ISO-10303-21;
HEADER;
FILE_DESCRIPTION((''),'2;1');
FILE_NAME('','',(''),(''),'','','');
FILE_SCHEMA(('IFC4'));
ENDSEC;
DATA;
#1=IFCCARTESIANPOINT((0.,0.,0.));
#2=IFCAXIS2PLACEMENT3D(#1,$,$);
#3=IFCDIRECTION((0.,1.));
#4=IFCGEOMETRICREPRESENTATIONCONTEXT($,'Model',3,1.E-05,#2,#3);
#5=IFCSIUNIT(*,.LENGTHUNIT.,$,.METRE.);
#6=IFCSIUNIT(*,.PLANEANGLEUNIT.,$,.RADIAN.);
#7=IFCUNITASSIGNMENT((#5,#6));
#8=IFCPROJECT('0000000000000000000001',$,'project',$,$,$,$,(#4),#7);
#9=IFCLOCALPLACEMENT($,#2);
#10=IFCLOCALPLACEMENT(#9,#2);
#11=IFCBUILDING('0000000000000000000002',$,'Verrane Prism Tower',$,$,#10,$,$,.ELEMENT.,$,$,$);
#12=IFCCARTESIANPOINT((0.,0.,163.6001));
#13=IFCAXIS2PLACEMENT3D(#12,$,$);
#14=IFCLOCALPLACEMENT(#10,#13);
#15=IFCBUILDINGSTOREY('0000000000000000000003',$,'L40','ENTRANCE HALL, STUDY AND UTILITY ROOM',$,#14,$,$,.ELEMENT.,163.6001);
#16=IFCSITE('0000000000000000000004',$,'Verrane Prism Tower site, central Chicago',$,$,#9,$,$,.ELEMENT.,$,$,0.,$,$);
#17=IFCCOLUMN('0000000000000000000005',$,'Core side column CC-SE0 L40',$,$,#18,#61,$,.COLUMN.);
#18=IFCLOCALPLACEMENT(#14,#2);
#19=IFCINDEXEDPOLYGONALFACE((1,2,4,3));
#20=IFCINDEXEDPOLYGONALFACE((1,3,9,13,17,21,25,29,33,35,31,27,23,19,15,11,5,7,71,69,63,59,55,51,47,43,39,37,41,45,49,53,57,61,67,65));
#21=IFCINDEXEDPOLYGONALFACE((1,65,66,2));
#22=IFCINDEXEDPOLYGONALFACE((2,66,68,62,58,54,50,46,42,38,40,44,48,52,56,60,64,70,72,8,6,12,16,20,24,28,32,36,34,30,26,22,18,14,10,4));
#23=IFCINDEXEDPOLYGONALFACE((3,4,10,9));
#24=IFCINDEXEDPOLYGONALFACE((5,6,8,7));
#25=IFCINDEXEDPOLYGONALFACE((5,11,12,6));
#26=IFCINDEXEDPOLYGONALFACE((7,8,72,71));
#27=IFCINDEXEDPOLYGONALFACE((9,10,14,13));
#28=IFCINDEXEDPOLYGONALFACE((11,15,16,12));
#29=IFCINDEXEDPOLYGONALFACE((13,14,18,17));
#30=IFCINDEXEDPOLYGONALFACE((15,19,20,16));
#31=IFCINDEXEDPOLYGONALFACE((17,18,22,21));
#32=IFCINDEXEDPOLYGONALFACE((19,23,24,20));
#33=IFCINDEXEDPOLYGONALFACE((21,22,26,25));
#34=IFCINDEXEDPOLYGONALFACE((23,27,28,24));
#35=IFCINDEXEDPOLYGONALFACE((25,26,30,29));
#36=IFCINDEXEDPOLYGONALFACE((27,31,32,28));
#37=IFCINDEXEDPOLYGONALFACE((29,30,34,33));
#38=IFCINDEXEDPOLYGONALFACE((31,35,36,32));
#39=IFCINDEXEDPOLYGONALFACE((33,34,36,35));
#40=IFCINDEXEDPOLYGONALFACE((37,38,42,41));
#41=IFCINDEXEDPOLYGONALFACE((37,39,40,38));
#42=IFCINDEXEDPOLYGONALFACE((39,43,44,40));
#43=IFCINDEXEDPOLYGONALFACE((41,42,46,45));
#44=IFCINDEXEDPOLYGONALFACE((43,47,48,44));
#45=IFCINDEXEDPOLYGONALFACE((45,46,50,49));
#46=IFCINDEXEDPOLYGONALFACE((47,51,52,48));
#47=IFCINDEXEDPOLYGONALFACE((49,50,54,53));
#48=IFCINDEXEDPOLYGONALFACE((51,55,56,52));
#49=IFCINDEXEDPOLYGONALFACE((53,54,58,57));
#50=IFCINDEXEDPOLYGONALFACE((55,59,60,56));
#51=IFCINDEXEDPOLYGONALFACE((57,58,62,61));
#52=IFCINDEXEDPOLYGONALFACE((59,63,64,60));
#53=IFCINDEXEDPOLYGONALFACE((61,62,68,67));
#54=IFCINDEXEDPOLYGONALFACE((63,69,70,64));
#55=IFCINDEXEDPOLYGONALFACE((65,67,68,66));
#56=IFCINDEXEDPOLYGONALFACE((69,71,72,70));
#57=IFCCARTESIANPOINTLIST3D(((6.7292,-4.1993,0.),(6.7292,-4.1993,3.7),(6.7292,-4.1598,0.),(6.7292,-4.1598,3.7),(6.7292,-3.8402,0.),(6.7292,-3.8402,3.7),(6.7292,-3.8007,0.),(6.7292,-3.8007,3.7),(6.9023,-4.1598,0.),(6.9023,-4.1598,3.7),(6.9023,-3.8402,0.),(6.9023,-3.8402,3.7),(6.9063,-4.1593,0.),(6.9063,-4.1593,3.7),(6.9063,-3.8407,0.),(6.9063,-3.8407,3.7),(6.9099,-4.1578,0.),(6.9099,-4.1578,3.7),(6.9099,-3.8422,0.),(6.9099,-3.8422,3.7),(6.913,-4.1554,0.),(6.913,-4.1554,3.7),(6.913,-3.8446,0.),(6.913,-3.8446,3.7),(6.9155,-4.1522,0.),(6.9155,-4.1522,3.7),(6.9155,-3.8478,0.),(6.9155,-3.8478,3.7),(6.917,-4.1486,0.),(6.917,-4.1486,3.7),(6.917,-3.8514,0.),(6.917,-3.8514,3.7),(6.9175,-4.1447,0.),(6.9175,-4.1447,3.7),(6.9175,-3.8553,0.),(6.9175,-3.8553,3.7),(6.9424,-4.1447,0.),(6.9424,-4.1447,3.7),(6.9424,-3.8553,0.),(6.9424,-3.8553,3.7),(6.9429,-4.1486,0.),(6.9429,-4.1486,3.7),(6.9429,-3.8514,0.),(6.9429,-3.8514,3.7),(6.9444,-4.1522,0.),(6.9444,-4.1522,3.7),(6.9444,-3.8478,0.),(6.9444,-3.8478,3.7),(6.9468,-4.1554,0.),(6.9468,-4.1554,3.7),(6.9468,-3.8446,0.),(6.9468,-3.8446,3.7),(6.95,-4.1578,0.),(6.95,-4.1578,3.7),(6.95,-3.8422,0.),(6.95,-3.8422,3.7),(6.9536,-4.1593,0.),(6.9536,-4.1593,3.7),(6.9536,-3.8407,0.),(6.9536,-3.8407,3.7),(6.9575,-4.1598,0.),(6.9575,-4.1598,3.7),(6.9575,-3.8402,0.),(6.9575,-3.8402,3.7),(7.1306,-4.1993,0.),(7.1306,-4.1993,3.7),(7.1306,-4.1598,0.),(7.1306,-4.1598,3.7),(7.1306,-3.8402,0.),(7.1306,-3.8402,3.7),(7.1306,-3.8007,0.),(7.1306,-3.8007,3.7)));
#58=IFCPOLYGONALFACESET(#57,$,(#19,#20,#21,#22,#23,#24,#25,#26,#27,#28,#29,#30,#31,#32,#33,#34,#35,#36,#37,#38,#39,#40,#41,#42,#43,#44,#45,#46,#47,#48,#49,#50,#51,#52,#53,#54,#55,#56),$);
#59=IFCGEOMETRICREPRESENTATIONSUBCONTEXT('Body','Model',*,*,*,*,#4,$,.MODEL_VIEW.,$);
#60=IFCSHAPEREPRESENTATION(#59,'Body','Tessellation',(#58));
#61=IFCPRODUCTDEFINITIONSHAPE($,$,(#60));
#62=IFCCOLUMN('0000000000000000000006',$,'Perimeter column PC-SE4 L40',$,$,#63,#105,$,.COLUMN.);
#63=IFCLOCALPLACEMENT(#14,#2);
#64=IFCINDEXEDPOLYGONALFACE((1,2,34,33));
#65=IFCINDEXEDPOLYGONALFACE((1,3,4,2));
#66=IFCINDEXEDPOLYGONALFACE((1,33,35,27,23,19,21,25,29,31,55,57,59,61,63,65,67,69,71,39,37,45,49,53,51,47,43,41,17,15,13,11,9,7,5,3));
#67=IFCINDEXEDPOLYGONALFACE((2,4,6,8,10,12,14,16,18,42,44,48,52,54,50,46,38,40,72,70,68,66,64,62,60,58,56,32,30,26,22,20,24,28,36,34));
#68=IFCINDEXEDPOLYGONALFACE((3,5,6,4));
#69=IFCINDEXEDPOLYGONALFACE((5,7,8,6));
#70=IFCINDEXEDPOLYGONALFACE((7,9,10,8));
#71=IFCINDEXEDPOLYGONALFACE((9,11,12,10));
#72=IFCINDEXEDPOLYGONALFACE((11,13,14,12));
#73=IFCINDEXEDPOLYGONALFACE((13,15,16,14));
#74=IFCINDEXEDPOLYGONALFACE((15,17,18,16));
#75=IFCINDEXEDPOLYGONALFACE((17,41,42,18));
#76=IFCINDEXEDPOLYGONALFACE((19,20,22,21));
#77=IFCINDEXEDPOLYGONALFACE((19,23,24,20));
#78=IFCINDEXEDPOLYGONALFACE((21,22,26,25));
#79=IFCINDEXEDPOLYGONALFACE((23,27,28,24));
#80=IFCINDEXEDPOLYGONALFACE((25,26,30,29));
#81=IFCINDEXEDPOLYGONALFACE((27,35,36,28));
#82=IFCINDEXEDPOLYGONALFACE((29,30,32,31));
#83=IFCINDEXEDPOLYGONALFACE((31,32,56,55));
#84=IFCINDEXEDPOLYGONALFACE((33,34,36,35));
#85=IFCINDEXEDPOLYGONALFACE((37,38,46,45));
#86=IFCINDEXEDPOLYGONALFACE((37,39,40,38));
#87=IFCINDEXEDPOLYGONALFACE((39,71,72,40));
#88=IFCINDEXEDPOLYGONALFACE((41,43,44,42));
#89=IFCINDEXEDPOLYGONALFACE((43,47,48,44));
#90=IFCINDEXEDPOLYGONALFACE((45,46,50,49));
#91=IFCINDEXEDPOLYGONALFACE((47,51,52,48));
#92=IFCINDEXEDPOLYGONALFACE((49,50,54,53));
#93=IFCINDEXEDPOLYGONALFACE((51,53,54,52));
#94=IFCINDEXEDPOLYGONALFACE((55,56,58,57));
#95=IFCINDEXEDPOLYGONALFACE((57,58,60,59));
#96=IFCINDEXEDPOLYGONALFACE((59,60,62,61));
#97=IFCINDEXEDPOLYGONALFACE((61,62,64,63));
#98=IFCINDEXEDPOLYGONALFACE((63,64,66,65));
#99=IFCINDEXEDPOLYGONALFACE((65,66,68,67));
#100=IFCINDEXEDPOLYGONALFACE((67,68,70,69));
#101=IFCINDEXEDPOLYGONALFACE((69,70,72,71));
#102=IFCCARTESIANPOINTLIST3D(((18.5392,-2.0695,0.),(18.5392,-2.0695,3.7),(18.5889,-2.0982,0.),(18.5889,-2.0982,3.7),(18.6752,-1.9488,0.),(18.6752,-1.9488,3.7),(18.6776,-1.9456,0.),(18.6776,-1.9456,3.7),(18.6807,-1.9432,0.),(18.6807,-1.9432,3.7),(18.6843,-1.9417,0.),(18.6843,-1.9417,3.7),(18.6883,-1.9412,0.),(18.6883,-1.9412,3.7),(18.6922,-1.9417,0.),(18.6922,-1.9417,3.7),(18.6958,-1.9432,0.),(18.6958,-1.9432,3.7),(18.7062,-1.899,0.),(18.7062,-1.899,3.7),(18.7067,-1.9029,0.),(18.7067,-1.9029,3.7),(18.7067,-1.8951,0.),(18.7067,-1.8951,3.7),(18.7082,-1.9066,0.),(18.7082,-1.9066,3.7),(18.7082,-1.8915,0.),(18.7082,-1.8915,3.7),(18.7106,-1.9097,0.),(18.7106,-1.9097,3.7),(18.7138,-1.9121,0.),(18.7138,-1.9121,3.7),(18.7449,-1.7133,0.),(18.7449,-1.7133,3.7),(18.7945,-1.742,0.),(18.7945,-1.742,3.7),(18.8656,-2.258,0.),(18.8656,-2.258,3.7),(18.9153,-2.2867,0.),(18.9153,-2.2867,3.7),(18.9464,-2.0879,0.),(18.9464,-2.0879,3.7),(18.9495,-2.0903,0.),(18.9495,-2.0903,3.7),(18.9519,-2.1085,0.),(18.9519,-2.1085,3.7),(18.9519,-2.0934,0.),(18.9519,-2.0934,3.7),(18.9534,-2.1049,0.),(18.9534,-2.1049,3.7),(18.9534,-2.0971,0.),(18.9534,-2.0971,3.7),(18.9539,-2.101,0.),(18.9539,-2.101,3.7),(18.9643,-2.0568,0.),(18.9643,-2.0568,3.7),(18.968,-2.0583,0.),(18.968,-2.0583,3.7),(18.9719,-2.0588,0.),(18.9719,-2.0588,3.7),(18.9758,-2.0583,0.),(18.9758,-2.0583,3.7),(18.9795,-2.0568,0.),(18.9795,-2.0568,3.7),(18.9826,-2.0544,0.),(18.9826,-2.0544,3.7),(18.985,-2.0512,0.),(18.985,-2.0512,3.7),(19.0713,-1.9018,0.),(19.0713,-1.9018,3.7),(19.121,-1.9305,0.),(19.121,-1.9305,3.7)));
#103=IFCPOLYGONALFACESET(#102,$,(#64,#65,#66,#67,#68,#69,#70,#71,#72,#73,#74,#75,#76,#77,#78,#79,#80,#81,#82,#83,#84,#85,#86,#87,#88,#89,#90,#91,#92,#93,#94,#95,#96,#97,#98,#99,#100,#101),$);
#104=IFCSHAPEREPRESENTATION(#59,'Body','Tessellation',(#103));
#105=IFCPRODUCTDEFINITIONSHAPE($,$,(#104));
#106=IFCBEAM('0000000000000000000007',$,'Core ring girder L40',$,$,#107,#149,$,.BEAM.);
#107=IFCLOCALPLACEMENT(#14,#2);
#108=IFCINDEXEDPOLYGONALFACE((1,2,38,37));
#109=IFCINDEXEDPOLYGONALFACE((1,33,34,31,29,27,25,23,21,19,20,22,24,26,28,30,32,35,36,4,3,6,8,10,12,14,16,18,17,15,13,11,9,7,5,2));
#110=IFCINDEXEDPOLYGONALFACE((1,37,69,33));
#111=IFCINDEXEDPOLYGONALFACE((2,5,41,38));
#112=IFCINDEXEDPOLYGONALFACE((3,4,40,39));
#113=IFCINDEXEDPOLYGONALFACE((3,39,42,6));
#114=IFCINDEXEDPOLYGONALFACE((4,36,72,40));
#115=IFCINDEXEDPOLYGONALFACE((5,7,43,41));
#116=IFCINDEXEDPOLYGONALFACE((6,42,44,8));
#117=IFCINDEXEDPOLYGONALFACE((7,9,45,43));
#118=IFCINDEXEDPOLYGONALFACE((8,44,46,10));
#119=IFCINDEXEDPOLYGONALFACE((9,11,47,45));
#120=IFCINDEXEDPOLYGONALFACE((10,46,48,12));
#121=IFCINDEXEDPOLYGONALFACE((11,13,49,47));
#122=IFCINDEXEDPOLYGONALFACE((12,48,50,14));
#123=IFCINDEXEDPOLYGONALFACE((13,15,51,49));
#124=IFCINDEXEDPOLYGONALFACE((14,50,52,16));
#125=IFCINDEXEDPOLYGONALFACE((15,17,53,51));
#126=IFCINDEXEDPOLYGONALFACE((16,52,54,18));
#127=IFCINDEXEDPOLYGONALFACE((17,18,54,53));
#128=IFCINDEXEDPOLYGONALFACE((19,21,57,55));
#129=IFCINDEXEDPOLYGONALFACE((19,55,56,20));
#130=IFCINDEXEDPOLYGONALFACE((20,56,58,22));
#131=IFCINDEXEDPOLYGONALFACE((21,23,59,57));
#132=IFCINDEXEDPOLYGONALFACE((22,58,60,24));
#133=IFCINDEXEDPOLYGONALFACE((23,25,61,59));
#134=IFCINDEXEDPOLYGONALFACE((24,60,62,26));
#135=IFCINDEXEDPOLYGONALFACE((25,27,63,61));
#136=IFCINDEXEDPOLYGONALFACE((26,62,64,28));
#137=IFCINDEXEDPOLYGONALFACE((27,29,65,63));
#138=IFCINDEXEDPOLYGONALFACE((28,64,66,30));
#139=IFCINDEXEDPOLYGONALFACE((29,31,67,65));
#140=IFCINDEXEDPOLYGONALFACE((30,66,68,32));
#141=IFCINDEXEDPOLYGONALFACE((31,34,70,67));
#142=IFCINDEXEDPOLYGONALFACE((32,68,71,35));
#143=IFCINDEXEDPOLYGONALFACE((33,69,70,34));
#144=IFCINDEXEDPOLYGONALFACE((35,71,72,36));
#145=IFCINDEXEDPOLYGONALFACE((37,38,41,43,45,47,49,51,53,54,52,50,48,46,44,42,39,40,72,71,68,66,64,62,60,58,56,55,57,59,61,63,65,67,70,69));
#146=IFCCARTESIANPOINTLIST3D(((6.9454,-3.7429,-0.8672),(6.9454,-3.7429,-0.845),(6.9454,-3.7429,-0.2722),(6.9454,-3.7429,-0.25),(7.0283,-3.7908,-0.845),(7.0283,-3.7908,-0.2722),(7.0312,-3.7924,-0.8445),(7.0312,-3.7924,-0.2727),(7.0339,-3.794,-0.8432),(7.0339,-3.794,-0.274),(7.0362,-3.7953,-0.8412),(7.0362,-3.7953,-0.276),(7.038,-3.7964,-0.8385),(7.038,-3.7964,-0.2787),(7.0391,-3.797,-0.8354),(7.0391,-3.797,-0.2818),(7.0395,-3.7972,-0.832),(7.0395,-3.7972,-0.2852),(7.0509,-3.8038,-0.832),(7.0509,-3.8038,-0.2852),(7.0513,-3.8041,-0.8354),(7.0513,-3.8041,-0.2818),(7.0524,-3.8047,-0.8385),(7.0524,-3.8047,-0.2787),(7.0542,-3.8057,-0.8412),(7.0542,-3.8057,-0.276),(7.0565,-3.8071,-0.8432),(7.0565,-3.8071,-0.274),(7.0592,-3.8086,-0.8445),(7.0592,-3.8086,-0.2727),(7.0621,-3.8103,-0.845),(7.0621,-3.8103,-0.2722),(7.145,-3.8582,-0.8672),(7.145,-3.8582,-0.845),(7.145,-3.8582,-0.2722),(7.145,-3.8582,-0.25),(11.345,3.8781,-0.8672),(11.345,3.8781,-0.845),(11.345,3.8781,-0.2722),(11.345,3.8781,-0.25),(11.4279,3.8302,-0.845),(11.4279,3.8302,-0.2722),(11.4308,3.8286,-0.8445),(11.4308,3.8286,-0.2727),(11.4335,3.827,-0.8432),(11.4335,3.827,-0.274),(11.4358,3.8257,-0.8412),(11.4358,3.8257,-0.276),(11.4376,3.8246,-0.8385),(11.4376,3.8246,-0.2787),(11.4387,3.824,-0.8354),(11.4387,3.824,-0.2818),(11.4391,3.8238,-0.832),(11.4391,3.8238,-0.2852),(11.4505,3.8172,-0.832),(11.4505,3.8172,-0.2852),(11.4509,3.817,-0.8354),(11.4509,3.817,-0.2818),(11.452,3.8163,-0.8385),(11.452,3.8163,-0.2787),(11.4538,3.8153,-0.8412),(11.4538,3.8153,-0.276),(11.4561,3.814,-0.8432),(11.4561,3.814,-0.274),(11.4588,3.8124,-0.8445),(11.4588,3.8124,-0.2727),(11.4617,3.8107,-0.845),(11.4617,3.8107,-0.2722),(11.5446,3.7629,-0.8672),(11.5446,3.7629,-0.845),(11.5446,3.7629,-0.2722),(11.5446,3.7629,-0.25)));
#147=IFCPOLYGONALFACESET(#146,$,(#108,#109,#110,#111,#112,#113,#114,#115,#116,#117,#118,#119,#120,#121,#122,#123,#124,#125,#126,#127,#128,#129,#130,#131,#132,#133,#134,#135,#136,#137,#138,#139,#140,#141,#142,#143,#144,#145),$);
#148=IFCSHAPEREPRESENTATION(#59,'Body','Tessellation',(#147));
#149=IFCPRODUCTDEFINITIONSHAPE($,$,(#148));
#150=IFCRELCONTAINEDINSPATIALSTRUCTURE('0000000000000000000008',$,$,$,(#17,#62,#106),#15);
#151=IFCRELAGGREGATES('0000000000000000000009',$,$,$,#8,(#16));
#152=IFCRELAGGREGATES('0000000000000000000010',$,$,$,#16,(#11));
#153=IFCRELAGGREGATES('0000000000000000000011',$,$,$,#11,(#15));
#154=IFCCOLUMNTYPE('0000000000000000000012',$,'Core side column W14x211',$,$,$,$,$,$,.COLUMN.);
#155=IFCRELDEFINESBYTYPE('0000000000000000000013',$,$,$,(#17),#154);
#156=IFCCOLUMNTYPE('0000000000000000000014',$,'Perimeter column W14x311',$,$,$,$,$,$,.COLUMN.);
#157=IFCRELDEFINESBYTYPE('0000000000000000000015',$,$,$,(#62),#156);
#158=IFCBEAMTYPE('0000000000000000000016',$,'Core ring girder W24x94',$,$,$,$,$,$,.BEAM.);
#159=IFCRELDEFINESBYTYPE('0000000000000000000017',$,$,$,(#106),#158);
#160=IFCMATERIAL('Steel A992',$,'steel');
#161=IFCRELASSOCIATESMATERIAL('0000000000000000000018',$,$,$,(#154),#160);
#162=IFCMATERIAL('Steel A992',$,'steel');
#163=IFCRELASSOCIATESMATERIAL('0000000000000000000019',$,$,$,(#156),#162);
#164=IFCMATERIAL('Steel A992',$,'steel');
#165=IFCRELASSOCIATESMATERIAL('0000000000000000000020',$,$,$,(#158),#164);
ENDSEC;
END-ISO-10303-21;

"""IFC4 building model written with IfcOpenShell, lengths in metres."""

from ifc_helpers import new_model, si_unit, direction, frame, origin, origin_2d, place, context, subcontext, project, spatial, i_section, extrude, material, material_profile, profile_set, type_object, element, save


model = new_model("IFC4")

# Units and contexts
model_context = context("Model", 3, precision=1e-05, world=origin(), true_north=direction((0.0, 1.0)))
body_context = subcontext(model_context, "Body", "Model", "MODEL_VIEW")
ifc_project = project(units=[si_unit("LENGTHUNIT", "METRE"), si_unit("PLANEANGLEUNIT", "RADIAN")], contexts=[model_context])

# Site, building, storey
site_placement = place(None, origin())
site = spatial("IfcSite", under=ifc_project, at=site_placement, Name="Verrane Prism Tower site, central Chicago", CompositionType="ELEMENT", RefElevation=0.0)
building_placement = place(site_placement, origin())
building = spatial("IfcBuilding", under=site, at=building_placement, Name="Verrane Prism Tower", CompositionType="ELEMENT")
storey_placement = place(building_placement, frame((0.0, 0.0, 163.6001)))
storey = spatial("IfcBuildingStorey", under=building, at=storey_placement, Name="L40", Description="ENTRANCE HALL, STUDY AND UTILITY ROOM", CompositionType="ELEMENT", Elevation=163.6001)

# Columns
ifc_material_1 = material(Name="Steel A992", Category="steel")
ifc_material_profile_1 = material_profile(ifc_material_1, i_section(OverallWidth=0.4014, OverallDepth=0.3987, WebThickness=0.0249, FlangeThickness=0.0396, FilletRadius=0.0151, at=origin_2d()), Name="W14x211")
ifc_profile_set_1 = profile_set([ifc_material_profile_1], Name="Steel A992")
column_type_1 = type_object("IfcColumnType", Name="Core side column W14x211", PredefinedType="COLUMN", material=ifc_profile_set_1)
column_1_placement = place(storey_placement, frame((6.9299, -4.0, 0.0), z_axis=(0.0, 0.0, 1.0), x_axis=(1.0, 0.0, 0.0)))
element("IfcColumn", 1, at=column_1_placement, inside=storey, type_object=column_type_1, Name="Core side column CC-SE0 L40", PredefinedType="COLUMN", context=body_context, shape_type="SweptSolid", body=[
    extrude(i_section(OverallWidth=0.4014, OverallDepth=0.3987, WebThickness=0.0249, FlangeThickness=0.0396, FilletRadius=0.0151, at=origin_2d()), origin(), (0.0, 0.0, 1.0), 3.7),
])
ifc_material_2 = material(Name="Steel A992", Category="steel")
ifc_material_profile_2 = material_profile(ifc_material_2, i_section(OverallWidth=0.4114, OverallDepth=0.4343, WebThickness=0.0359, FlangeThickness=0.0574, FilletRadius=0.0151, at=origin_2d()), Name="W14x311")
ifc_profile_set_2 = profile_set([ifc_material_profile_2], Name="Steel A992")
column_type_2 = type_object("IfcColumnType", Name="Perimeter column W14x311", PredefinedType="COLUMN", material=ifc_profile_set_2)
column_2_placement = place(storey_placement, frame((18.8301, -2.0, 0.0), z_axis=(0.0, 0.0, 1.0), x_axis=(-0.5, -0.866025, 0.0)))
element("IfcColumn", 2, at=column_2_placement, inside=storey, type_object=column_type_2, Name="Perimeter column PC-SE4 L40", PredefinedType="COLUMN", context=body_context, shape_type="SweptSolid", body=[
    extrude(i_section(OverallWidth=0.4114, OverallDepth=0.4343, WebThickness=0.0359, FlangeThickness=0.0574, FilletRadius=0.0151, at=origin_2d()), origin(), (0.0, 0.0, 1.0), 3.7),
])

# Beam
ifc_material_3 = material(Name="Steel A992", Category="steel")
ifc_material_profile_3 = material_profile(ifc_material_3, i_section(OverallWidth=0.2305, OverallDepth=0.6172, WebThickness=0.0132, FlangeThickness=0.0222, FilletRadius=0.0129, at=origin_2d()), Name="W24x94")
ifc_profile_set_3 = profile_set([ifc_material_profile_3], Name="Steel A992")
beam_type_1 = type_object("IfcBeamType", Name="Core ring girder W24x94", PredefinedType="BEAM", material=ifc_profile_set_3)
beam_1_placement = place(storey_placement, frame((7.0452, -3.8005, -0.5586), z_axis=(0.499967, 0.866044, 0.0), x_axis=(-0.866044, 0.499967, 0.0)))
element("IfcBeam", 3, at=beam_1_placement, inside=storey, type_object=beam_type_1, Name="Core ring girder L40", PredefinedType="BEAM", context=body_context, shape_type="SweptSolid", body=[
    extrude(i_section(OverallWidth=0.2305, OverallDepth=0.6172, WebThickness=0.0132, FlangeThickness=0.0222, FilletRadius=0.0129, at=origin_2d()), origin(), (0.0, 0.0, 1.0), 8.7998),
])

save(model, "model.ifc")
